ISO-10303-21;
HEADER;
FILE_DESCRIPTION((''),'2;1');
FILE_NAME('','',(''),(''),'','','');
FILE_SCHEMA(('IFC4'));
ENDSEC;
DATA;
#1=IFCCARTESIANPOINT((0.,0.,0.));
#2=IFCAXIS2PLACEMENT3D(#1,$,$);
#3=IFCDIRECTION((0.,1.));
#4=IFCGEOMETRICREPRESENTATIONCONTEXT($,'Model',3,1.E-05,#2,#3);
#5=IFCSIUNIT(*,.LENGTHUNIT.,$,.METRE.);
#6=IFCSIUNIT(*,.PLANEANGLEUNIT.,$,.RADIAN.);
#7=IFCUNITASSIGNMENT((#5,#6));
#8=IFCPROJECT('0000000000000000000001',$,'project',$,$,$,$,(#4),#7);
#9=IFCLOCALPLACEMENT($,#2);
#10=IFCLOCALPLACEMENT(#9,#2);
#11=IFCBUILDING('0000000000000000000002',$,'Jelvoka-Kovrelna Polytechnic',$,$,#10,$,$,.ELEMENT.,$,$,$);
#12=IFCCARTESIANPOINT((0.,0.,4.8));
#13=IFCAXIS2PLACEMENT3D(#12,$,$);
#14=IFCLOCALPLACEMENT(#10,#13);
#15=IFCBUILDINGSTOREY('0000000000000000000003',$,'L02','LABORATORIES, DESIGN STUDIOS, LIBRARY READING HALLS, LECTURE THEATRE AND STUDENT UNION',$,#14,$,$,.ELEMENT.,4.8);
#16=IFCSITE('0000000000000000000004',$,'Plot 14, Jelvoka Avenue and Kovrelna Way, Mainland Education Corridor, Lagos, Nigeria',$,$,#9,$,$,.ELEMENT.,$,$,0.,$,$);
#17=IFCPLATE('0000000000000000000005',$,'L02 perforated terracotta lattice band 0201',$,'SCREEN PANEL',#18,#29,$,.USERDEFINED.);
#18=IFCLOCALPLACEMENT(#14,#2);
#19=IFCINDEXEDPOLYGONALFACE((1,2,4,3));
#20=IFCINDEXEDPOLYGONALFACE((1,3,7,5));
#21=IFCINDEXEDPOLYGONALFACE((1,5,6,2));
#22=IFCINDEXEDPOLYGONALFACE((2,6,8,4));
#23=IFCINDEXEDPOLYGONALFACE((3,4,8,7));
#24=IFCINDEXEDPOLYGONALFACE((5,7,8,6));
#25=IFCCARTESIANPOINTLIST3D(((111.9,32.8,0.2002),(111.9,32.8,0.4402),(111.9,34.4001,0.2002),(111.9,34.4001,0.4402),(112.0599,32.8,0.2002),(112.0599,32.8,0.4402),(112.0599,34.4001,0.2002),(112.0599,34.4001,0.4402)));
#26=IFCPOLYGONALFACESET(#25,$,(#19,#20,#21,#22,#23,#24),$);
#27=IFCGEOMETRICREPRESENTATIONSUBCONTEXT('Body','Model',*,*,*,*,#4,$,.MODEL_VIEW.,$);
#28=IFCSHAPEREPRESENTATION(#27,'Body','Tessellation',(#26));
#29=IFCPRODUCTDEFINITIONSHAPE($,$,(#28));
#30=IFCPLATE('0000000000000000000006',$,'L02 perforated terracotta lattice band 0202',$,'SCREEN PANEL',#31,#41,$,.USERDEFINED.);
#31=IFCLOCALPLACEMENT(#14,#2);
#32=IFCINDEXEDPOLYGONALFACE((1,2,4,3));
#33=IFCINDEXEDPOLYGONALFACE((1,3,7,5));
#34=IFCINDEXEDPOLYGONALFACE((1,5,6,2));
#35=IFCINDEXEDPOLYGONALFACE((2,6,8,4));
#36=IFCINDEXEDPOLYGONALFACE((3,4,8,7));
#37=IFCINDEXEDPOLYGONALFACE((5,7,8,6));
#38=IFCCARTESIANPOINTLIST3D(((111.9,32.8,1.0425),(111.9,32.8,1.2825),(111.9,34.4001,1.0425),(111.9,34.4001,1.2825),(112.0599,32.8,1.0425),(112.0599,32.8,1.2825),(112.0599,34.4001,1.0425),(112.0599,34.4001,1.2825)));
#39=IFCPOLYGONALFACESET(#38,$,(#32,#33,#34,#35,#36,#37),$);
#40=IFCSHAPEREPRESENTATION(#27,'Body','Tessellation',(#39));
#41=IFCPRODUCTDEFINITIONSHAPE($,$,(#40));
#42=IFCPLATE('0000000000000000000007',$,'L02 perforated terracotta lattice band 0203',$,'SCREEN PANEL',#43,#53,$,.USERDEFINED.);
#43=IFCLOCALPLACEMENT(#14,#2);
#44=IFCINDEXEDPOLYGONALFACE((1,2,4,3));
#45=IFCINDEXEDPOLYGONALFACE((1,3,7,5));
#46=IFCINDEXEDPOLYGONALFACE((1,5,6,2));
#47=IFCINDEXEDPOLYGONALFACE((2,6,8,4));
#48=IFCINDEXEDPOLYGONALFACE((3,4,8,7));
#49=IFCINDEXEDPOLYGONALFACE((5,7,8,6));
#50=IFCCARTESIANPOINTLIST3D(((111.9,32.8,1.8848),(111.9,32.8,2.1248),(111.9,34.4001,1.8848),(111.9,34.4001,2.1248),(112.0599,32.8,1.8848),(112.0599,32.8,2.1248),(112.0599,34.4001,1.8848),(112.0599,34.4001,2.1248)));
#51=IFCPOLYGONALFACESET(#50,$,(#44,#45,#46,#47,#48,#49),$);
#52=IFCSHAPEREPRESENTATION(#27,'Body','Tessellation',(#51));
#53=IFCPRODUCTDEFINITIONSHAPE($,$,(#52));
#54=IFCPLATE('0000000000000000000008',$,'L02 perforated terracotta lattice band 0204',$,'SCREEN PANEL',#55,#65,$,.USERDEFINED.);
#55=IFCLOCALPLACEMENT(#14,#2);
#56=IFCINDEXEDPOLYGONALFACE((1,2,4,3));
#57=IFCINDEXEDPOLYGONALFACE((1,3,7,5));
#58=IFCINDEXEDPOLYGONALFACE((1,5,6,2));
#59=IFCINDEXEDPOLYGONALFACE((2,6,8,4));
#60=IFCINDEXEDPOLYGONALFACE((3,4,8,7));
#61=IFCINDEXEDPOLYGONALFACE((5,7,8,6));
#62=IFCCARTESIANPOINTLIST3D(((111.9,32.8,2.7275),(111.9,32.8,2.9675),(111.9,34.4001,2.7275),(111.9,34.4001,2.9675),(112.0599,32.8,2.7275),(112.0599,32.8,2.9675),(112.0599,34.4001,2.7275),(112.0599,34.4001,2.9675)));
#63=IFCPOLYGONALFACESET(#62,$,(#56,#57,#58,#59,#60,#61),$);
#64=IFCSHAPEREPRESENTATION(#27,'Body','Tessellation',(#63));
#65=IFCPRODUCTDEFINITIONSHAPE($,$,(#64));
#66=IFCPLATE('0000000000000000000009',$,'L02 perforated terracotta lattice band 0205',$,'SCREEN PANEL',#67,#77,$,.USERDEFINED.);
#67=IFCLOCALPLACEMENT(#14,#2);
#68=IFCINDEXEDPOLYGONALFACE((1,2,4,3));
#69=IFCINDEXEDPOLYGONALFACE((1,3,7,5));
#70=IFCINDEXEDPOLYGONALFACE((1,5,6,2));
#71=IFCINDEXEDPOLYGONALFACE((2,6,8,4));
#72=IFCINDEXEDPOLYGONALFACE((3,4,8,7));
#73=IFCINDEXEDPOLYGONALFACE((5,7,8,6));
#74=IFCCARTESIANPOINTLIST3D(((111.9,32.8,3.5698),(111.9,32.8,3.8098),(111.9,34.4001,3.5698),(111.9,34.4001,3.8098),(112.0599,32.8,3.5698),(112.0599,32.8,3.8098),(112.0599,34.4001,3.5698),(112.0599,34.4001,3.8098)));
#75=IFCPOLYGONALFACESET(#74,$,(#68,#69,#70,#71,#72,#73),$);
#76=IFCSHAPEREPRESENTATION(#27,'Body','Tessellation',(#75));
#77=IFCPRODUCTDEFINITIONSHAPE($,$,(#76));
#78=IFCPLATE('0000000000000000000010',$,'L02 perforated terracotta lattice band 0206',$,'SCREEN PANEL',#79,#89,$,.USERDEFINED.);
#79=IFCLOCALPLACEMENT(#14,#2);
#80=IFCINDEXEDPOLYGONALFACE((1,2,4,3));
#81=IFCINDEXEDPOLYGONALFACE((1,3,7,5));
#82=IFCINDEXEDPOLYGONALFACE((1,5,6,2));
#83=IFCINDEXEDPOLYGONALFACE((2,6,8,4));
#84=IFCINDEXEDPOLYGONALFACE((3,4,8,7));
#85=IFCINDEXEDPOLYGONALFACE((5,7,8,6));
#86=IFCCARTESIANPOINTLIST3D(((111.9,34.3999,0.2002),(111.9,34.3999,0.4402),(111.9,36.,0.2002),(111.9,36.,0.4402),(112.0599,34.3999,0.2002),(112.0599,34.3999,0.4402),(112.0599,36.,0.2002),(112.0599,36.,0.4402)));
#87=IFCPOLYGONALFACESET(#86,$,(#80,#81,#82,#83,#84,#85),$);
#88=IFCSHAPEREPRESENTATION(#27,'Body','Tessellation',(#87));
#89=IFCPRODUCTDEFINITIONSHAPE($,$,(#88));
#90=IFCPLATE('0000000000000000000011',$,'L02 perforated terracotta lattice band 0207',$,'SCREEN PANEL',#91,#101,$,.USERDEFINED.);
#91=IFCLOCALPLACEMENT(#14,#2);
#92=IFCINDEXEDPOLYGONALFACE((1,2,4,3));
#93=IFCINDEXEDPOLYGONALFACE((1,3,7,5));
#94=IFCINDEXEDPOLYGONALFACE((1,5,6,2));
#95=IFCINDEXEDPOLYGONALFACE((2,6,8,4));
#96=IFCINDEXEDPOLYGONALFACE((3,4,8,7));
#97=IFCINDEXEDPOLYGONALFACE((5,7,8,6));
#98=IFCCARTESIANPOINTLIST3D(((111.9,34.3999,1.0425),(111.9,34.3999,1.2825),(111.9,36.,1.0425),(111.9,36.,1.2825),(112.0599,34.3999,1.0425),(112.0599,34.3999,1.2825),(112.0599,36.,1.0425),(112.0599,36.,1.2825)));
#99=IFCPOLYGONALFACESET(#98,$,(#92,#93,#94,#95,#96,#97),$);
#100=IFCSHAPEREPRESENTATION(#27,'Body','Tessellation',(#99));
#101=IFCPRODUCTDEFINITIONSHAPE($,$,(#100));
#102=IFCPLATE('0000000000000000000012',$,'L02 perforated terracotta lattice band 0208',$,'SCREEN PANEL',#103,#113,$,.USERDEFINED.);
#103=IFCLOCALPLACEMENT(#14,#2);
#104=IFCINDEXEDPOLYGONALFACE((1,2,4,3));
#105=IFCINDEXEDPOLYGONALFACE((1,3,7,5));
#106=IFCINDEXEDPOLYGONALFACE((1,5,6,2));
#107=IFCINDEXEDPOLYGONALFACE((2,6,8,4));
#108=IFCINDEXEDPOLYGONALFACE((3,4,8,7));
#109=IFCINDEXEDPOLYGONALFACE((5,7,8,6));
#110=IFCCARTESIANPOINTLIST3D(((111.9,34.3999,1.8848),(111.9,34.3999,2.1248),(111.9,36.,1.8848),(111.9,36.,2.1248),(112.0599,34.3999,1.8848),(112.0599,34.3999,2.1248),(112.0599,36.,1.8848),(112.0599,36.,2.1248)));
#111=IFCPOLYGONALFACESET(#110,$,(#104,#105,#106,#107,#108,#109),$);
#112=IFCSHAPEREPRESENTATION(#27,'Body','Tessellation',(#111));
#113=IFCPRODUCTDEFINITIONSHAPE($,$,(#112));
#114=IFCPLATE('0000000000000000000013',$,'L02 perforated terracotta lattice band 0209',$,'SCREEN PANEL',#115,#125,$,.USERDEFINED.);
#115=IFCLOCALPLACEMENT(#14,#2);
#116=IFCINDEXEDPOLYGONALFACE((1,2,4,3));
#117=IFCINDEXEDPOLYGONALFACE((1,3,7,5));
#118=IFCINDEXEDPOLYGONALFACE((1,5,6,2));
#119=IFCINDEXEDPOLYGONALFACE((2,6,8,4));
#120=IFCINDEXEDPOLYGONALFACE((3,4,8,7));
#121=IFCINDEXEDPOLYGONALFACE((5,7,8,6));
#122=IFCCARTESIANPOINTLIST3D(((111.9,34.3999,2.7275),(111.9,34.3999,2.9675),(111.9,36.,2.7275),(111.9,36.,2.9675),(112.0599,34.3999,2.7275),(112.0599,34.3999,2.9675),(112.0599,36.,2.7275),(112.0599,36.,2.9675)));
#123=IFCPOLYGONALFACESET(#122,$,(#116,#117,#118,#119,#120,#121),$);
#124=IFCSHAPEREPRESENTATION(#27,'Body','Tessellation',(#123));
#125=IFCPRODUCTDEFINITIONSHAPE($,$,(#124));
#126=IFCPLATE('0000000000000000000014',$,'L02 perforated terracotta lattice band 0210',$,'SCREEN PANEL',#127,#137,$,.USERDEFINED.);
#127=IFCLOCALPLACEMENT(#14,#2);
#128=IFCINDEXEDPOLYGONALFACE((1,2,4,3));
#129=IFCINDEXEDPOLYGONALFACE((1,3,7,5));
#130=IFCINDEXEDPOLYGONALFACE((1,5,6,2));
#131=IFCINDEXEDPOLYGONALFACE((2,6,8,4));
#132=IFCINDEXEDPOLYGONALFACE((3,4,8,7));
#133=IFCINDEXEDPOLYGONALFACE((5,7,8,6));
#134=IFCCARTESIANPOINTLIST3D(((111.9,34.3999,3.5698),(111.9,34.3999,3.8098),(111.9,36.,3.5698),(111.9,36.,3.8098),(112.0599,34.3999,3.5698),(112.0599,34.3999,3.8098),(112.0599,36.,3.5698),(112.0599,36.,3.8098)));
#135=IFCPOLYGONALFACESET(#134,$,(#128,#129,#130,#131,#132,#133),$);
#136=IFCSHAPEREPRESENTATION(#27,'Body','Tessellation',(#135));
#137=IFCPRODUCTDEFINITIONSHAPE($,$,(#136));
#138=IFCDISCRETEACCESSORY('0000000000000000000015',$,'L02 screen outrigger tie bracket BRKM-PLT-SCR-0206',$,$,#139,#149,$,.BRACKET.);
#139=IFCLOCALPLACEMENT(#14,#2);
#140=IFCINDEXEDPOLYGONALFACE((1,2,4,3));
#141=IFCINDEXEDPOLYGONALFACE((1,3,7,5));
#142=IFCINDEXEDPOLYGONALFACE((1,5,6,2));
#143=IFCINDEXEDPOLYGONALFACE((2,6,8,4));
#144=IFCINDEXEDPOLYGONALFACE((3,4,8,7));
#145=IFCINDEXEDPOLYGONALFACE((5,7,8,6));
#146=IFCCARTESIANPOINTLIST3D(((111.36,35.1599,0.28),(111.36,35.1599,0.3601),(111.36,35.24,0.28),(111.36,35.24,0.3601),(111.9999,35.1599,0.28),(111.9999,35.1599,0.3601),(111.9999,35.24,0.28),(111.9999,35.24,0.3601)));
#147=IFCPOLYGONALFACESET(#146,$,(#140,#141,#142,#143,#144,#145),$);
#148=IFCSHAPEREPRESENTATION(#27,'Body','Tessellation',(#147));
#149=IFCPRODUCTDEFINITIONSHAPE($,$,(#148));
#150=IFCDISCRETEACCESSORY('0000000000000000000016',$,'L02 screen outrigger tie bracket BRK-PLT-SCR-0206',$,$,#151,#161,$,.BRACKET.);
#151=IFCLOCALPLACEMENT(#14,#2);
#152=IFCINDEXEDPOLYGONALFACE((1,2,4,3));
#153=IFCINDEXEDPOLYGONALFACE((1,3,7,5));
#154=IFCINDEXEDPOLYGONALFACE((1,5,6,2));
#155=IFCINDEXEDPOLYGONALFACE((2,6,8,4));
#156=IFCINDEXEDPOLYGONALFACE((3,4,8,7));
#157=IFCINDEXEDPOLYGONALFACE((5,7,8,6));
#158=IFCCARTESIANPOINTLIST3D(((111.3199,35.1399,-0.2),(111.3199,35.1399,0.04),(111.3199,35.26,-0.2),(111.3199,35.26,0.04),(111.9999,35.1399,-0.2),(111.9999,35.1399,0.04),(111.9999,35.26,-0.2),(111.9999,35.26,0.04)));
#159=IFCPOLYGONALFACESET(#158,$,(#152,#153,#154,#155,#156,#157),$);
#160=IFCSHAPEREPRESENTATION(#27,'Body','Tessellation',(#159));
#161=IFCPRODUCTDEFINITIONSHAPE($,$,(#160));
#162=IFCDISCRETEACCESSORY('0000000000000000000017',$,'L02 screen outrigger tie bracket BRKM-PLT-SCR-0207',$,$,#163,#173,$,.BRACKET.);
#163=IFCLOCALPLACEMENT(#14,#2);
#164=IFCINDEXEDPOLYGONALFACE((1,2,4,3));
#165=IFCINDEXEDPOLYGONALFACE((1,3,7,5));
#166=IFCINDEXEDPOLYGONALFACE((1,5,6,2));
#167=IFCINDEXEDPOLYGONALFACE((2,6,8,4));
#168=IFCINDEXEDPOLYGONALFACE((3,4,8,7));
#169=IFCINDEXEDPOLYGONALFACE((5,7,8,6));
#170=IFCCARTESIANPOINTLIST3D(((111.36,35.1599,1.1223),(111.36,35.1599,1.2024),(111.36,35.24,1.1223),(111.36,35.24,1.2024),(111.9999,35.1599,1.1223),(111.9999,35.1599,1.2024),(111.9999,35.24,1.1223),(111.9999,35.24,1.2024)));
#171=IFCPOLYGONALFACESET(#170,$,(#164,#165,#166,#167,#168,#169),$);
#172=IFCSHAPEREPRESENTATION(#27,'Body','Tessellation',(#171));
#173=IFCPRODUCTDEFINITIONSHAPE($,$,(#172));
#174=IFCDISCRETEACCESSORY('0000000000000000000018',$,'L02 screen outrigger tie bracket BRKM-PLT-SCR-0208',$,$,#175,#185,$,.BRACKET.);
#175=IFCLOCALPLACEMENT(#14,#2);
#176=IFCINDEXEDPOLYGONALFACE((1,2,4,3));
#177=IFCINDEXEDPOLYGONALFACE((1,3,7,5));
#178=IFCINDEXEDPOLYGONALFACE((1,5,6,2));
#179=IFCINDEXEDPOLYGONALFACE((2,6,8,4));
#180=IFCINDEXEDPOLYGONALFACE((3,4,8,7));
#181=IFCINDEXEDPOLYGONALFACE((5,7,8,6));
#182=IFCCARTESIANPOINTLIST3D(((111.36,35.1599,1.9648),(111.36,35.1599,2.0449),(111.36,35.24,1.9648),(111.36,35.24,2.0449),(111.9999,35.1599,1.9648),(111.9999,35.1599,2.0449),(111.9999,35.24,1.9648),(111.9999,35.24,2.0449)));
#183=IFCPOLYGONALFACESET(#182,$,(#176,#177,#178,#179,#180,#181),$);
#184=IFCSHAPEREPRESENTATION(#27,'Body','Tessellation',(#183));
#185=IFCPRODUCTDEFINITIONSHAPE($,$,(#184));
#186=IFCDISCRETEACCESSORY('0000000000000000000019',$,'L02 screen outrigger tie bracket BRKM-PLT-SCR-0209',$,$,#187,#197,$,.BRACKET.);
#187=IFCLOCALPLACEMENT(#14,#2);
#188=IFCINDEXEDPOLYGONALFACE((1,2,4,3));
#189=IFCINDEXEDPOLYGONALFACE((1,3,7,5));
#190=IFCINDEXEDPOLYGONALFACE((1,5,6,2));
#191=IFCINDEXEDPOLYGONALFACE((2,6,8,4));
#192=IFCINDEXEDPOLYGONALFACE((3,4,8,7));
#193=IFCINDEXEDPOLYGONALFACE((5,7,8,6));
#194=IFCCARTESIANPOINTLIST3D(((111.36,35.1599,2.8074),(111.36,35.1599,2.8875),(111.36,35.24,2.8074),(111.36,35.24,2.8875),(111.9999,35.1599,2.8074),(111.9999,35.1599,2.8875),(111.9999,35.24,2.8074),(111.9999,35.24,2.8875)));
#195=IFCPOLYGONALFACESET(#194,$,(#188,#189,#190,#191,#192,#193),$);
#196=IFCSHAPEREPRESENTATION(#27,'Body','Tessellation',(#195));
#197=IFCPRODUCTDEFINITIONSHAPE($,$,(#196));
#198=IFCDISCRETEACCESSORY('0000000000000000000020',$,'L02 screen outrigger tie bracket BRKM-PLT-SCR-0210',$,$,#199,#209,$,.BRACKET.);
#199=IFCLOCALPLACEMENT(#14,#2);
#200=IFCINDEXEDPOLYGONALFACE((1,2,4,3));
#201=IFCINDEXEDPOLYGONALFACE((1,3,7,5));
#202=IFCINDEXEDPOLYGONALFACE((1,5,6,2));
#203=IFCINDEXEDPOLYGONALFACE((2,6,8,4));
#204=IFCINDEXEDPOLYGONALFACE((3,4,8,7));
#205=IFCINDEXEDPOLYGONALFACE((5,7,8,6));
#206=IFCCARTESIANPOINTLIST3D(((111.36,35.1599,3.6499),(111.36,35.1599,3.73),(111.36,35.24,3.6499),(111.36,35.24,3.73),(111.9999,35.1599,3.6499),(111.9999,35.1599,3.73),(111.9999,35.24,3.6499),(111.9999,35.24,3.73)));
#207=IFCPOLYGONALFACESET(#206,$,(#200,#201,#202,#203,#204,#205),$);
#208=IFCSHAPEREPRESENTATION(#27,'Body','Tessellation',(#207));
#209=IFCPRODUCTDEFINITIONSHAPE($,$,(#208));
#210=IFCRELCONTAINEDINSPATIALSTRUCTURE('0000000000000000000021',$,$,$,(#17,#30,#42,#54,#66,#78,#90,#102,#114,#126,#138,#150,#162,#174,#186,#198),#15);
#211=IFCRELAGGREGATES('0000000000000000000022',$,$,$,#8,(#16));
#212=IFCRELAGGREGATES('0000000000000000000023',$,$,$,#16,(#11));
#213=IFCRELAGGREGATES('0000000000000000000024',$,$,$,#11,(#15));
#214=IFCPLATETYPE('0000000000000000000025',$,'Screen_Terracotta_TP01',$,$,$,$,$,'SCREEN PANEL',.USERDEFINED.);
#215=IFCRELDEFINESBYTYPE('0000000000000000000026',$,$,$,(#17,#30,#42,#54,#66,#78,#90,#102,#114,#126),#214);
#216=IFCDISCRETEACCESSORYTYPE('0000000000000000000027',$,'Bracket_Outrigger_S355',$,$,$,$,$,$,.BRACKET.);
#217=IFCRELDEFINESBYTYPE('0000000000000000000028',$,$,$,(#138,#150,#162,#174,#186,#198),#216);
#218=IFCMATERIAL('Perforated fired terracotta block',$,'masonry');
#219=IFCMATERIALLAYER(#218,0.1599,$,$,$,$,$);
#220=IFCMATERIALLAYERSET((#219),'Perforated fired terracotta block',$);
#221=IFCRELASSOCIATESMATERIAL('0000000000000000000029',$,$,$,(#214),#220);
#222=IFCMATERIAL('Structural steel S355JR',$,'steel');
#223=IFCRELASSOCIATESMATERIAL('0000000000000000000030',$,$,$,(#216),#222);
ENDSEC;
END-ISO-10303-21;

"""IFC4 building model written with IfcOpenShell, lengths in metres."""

from ifc_helpers import new_model, si_unit, direction, frame, origin, origin_2d, place, context, subcontext, project, spatial, rectangle, extrude, material, layer, layer_set, type_object, element, save


model = new_model("IFC4")

# Units and contexts
model_context = context("Model", 3, precision=1e-05, world=origin(), true_north=direction((0.0, 1.0)))
body_context = subcontext(model_context, "Body", "Model", "MODEL_VIEW")
ifc_project = project(units=[si_unit("LENGTHUNIT", "METRE"), si_unit("PLANEANGLEUNIT", "RADIAN")], contexts=[model_context])

# Site, building, storey
site_placement = place(None, origin())
site = spatial("IfcSite", under=ifc_project, at=site_placement, Name="Plot 14, Jelvoka Avenue and Kovrelna Way, Mainland Education Corridor, Lagos, Nigeria", CompositionType="ELEMENT", RefElevation=0.0)
building_placement = place(site_placement, origin())
building = spatial("IfcBuilding", under=site, at=building_placement, Name="Jelvoka-Kovrelna Polytechnic", CompositionType="ELEMENT")
storey_placement = place(building_placement, frame((0.0, 0.0, 4.8)))
storey = spatial("IfcBuildingStorey", under=building, at=storey_placement, Name="L02", Description="LABORATORIES, DESIGN STUDIOS, LIBRARY READING HALLS, LECTURE THEATRE AND STUDENT UNION", CompositionType="ELEMENT", Elevation=4.8)

# Plates
ifc_material_1 = material(Name="Perforated fired terracotta block", Category="masonry")
ifc_layer_1 = layer(ifc_material_1, 0.1599)
ifc_layer_set_1 = layer_set([ifc_layer_1], Name="Perforated fired terracotta block")
plate_type_1 = type_object("IfcPlateType", Name="Screen_Terracotta_TP01", ElementType="SCREEN PANEL", PredefinedType="USERDEFINED", material=ifc_layer_set_1)
for number, where, z_axis, x_axis, name in (
    (1, (111.98, 33.6001, 0.2002), (0.0, 0.0, 1.0), (0.0, 1.0, 0.0), "L02 perforated terracotta lattice band 0201"),
    (2, (111.98, 33.6001, 1.0425), (0.0, 0.0, 1.0), (0.0, 1.0, 0.0), "L02 perforated terracotta lattice band 0202"),
    (3, (111.98, 33.6001, 1.8848), (0.0, 0.0, 1.0), (0.0, 1.0, 0.0), "L02 perforated terracotta lattice band 0203"),
    (4, (111.98, 33.6001, 2.7275), (0.0, 0.0, 1.0), (0.0, 1.0, 0.0), "L02 perforated terracotta lattice band 0204"),
    (5, (111.98, 33.6001, 3.5698), (0.0, 0.0, 1.0), (0.0, 1.0, 0.0), "L02 perforated terracotta lattice band 0205"),
    (6, (111.98, 35.2, 0.2002), (0.0, 0.0, 1.0), (0.0, 1.0, 0.0), "L02 perforated terracotta lattice band 0206"),
    (7, (111.98, 35.2, 1.0425), (0.0, 0.0, 1.0), (0.0, 1.0, 0.0), "L02 perforated terracotta lattice band 0207"),
    (8, (111.98, 35.2, 1.8848), (0.0, 0.0, 1.0), (0.0, 1.0, 0.0), "L02 perforated terracotta lattice band 0208"),
    (9, (111.98, 35.2, 2.7275), (0.0, 0.0, 1.0), (0.0, 1.0, 0.0), "L02 perforated terracotta lattice band 0209"),
    (10, (111.98, 35.2, 3.5698), (0.0, 0.0, 1.0), (0.0, 1.0, 0.0), "L02 perforated terracotta lattice band 0210"),
):
    element("IfcPlate", number, at=place(storey_placement, frame(where, z_axis=z_axis, x_axis=x_axis)), inside=storey, type_object=plate_type_1, Name=name, ObjectType="SCREEN PANEL", PredefinedType="USERDEFINED", context=body_context, shape_type="SweptSolid", body=[
        extrude(rectangle(XDim=1.6001, YDim=0.1599, at=origin_2d()), origin(), (0.0, 0.0, 1.0), 0.24),
    ])

# Discrete accessories
ifc_material_2 = material(Name="Structural steel S355JR", Category="steel")
discrete_accessory_type = type_object("IfcDiscreteAccessoryType", Name="Bracket_Outrigger_S355", PredefinedType="BRACKET", material=ifc_material_2)
discrete_accessory_1_placement = place(storey_placement, frame((111.6799, 35.2, 0.28), z_axis=(0.0, 0.0, 1.0), x_axis=(1.0, 0.0, 0.0)))
element("IfcDiscreteAccessory", 11, at=discrete_accessory_1_placement, inside=storey, type_object=discrete_accessory_type, Name="L02 screen outrigger tie bracket BRKM-PLT-SCR-0206", PredefinedType="BRACKET", context=body_context, shape_type="SweptSolid", body=[
    extrude(rectangle(XDim=0.6399, YDim=0.0801, at=origin_2d()), origin(), (0.0, 0.0, 1.0), 0.0801),
])
discrete_accessory_2_placement = place(storey_placement, frame((111.6599, 35.2, -0.2), z_axis=(0.0, 0.0, 1.0), x_axis=(1.0, 0.0, 0.0)))
element("IfcDiscreteAccessory", 12, at=discrete_accessory_2_placement, inside=storey, type_object=discrete_accessory_type, Name="L02 screen outrigger tie bracket BRK-PLT-SCR-0206", PredefinedType="BRACKET", context=body_context, shape_type="SweptSolid", body=[
    extrude(rectangle(XDim=0.6799, YDim=0.1201, at=origin_2d()), origin(), (0.0, 0.0, 1.0), 0.24),
])
for number, where, z_axis, x_axis, name in (
    (13, (111.6799, 35.2, 1.1223), (0.0, 0.0, 1.0), (1.0, 0.0, 0.0), "L02 screen outrigger tie bracket BRKM-PLT-SCR-0207"),
    (14, (111.6799, 35.2, 1.9648), (0.0, 0.0, 1.0), (1.0, 0.0, 0.0), "L02 screen outrigger tie bracket BRKM-PLT-SCR-0208"),
    (15, (111.6799, 35.2, 2.8074), (0.0, 0.0, 1.0), (1.0, 0.0, 0.0), "L02 screen outrigger tie bracket BRKM-PLT-SCR-0209"),
    (16, (111.6799, 35.2, 3.6499), (0.0, 0.0, 1.0), (1.0, 0.0, 0.0), "L02 screen outrigger tie bracket BRKM-PLT-SCR-0210"),
):
    element("IfcDiscreteAccessory", number, at=place(storey_placement, frame(where, z_axis=z_axis, x_axis=x_axis)), inside=storey, type_object=discrete_accessory_type, Name=name, PredefinedType="BRACKET", context=body_context, shape_type="SweptSolid", body=[
        extrude(rectangle(XDim=0.6399, YDim=0.0801, at=origin_2d()), origin(), (0.0, 0.0, 1.0), 0.0801),
    ])

save(model, "model.ifc")
